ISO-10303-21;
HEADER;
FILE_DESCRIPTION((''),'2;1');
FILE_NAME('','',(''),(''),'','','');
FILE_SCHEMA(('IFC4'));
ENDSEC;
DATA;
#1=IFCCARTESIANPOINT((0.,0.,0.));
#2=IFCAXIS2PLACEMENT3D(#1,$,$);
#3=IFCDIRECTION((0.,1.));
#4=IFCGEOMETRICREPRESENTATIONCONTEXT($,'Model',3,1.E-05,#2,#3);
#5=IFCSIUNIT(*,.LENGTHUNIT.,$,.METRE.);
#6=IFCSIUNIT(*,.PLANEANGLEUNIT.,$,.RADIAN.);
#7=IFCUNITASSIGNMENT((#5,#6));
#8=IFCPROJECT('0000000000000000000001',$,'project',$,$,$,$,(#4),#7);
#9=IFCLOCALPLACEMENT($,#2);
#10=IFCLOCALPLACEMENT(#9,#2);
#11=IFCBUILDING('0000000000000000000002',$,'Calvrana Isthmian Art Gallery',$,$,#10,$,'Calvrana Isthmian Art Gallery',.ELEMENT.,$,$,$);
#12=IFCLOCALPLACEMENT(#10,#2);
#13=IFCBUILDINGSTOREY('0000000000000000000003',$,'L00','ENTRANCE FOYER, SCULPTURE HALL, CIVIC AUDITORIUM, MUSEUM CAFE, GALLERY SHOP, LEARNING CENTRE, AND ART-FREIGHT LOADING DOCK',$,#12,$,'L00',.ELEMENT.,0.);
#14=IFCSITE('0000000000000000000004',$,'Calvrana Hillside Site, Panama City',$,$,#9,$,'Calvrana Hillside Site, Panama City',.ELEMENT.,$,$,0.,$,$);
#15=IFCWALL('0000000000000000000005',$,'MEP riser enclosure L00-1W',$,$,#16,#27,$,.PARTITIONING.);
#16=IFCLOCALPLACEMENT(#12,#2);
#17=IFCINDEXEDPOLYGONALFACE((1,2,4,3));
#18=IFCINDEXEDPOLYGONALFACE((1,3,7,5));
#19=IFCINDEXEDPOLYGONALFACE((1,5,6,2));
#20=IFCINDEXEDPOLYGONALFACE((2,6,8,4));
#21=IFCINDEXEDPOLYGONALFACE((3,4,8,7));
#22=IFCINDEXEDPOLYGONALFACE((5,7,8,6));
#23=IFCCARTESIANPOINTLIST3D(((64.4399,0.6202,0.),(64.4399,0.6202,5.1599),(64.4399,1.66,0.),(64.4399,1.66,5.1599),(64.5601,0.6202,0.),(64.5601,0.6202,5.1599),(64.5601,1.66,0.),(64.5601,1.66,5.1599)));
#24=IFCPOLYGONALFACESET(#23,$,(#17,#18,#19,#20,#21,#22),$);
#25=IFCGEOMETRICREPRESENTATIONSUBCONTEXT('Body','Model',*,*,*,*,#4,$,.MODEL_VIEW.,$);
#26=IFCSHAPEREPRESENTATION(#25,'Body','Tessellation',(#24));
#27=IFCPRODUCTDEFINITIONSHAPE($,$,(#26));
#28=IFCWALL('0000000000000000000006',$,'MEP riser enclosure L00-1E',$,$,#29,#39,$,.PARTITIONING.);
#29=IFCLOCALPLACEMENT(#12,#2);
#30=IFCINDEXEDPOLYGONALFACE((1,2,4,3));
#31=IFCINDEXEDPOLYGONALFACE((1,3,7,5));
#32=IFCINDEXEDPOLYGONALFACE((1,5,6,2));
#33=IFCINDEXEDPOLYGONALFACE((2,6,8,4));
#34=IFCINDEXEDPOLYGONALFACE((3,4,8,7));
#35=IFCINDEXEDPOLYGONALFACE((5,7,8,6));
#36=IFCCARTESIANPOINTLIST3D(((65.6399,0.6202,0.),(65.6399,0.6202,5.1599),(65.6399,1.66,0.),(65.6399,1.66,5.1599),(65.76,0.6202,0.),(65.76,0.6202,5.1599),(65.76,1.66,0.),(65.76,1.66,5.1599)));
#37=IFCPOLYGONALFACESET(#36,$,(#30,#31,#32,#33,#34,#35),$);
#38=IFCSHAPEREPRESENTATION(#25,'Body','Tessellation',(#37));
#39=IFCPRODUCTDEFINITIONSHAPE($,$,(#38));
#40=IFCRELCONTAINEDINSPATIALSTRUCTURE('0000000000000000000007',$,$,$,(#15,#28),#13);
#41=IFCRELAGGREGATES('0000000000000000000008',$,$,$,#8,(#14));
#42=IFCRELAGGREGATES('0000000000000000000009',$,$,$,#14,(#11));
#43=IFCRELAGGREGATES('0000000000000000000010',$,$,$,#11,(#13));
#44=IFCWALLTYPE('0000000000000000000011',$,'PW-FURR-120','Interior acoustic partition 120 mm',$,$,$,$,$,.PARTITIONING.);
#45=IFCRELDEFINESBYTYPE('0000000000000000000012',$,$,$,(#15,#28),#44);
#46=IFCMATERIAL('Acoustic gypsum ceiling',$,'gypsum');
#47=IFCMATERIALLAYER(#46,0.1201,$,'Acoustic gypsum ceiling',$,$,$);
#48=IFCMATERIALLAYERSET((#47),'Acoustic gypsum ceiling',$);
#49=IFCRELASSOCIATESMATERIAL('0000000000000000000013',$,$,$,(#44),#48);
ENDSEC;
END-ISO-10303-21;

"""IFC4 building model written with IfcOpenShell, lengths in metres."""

from ifc_helpers import new_model, si_unit, direction, frame, frame_2d, origin, place, context, subcontext, project, spatial, rectangle, extrude, material, layer, layer_set, type_object, element, save


model = new_model("IFC4")

# Units and contexts
model_context = context("Model", 3, precision=1e-05, world=origin(), true_north=direction((0.0, 1.0)))
body_context = subcontext(model_context, "Body", "Model", "MODEL_VIEW")
ifc_project = project(units=[si_unit("LENGTHUNIT", "METRE"), si_unit("PLANEANGLEUNIT", "RADIAN")], contexts=[model_context])

# Site, building, storey
site_placement = place(None, origin())
site = spatial("IfcSite", under=ifc_project, at=site_placement, Name="Calvrana Hillside Site, Panama City", LongName="Calvrana Hillside Site, Panama City", CompositionType="ELEMENT", RefElevation=0.0)
building_placement = place(site_placement, origin())
building = spatial("IfcBuilding", under=site, at=building_placement, Name="Calvrana Isthmian Art Gallery", LongName="Calvrana Isthmian Art Gallery", CompositionType="ELEMENT")
storey_placement = place(building_placement, origin())
storey = spatial("IfcBuildingStorey", under=building, at=storey_placement, Name="L00", Description="ENTRANCE FOYER, SCULPTURE HALL, CIVIC AUDITORIUM, MUSEUM CAFE, GALLERY SHOP, LEARNING CENTRE, AND ART-FREIGHT LOADING DOCK", LongName="L00", CompositionType="ELEMENT", Elevation=0.0)

# Walls
ifc_material_1 = material(Name="Acoustic gypsum ceiling", Category="gypsum")
ifc_layer_1 = layer(ifc_material_1, 0.1201, Name="Acoustic gypsum ceiling")
ifc_layer_set_1 = layer_set([ifc_layer_1], Name="Acoustic gypsum ceiling")
wall_type_1 = type_object("IfcWallType", Name="PW-FURR-120", Description="Interior acoustic partition 120 mm", PredefinedType="PARTITIONING", material=ifc_layer_set_1)
for number, where, z_axis, x_axis, name in (
    (1, (64.5, 0.6201, 0.0), (0.0, 0.0, 1.0), (0.0, 1.0, 0.0), "MEP riser enclosure L00-1W"),
    (2, (65.7, 0.6201, 0.0), (0.0, 0.0, 1.0), (0.0, 1.0, 0.0), "MEP riser enclosure L00-1E"),
):
    element("IfcWall", number, at=place(storey_placement, frame(where, z_axis=z_axis, x_axis=x_axis)), inside=storey, type_object=wall_type_1, Name=name, PredefinedType="PARTITIONING", context=body_context, shape_type="SweptSolid", body=[
        extrude(rectangle(XDim=1.0398, YDim=0.1201, at=frame_2d((0.52, 0.0))), origin(), (0.0, 0.0, 1.0), 5.1599),
    ])

save(model, "model.ifc")
